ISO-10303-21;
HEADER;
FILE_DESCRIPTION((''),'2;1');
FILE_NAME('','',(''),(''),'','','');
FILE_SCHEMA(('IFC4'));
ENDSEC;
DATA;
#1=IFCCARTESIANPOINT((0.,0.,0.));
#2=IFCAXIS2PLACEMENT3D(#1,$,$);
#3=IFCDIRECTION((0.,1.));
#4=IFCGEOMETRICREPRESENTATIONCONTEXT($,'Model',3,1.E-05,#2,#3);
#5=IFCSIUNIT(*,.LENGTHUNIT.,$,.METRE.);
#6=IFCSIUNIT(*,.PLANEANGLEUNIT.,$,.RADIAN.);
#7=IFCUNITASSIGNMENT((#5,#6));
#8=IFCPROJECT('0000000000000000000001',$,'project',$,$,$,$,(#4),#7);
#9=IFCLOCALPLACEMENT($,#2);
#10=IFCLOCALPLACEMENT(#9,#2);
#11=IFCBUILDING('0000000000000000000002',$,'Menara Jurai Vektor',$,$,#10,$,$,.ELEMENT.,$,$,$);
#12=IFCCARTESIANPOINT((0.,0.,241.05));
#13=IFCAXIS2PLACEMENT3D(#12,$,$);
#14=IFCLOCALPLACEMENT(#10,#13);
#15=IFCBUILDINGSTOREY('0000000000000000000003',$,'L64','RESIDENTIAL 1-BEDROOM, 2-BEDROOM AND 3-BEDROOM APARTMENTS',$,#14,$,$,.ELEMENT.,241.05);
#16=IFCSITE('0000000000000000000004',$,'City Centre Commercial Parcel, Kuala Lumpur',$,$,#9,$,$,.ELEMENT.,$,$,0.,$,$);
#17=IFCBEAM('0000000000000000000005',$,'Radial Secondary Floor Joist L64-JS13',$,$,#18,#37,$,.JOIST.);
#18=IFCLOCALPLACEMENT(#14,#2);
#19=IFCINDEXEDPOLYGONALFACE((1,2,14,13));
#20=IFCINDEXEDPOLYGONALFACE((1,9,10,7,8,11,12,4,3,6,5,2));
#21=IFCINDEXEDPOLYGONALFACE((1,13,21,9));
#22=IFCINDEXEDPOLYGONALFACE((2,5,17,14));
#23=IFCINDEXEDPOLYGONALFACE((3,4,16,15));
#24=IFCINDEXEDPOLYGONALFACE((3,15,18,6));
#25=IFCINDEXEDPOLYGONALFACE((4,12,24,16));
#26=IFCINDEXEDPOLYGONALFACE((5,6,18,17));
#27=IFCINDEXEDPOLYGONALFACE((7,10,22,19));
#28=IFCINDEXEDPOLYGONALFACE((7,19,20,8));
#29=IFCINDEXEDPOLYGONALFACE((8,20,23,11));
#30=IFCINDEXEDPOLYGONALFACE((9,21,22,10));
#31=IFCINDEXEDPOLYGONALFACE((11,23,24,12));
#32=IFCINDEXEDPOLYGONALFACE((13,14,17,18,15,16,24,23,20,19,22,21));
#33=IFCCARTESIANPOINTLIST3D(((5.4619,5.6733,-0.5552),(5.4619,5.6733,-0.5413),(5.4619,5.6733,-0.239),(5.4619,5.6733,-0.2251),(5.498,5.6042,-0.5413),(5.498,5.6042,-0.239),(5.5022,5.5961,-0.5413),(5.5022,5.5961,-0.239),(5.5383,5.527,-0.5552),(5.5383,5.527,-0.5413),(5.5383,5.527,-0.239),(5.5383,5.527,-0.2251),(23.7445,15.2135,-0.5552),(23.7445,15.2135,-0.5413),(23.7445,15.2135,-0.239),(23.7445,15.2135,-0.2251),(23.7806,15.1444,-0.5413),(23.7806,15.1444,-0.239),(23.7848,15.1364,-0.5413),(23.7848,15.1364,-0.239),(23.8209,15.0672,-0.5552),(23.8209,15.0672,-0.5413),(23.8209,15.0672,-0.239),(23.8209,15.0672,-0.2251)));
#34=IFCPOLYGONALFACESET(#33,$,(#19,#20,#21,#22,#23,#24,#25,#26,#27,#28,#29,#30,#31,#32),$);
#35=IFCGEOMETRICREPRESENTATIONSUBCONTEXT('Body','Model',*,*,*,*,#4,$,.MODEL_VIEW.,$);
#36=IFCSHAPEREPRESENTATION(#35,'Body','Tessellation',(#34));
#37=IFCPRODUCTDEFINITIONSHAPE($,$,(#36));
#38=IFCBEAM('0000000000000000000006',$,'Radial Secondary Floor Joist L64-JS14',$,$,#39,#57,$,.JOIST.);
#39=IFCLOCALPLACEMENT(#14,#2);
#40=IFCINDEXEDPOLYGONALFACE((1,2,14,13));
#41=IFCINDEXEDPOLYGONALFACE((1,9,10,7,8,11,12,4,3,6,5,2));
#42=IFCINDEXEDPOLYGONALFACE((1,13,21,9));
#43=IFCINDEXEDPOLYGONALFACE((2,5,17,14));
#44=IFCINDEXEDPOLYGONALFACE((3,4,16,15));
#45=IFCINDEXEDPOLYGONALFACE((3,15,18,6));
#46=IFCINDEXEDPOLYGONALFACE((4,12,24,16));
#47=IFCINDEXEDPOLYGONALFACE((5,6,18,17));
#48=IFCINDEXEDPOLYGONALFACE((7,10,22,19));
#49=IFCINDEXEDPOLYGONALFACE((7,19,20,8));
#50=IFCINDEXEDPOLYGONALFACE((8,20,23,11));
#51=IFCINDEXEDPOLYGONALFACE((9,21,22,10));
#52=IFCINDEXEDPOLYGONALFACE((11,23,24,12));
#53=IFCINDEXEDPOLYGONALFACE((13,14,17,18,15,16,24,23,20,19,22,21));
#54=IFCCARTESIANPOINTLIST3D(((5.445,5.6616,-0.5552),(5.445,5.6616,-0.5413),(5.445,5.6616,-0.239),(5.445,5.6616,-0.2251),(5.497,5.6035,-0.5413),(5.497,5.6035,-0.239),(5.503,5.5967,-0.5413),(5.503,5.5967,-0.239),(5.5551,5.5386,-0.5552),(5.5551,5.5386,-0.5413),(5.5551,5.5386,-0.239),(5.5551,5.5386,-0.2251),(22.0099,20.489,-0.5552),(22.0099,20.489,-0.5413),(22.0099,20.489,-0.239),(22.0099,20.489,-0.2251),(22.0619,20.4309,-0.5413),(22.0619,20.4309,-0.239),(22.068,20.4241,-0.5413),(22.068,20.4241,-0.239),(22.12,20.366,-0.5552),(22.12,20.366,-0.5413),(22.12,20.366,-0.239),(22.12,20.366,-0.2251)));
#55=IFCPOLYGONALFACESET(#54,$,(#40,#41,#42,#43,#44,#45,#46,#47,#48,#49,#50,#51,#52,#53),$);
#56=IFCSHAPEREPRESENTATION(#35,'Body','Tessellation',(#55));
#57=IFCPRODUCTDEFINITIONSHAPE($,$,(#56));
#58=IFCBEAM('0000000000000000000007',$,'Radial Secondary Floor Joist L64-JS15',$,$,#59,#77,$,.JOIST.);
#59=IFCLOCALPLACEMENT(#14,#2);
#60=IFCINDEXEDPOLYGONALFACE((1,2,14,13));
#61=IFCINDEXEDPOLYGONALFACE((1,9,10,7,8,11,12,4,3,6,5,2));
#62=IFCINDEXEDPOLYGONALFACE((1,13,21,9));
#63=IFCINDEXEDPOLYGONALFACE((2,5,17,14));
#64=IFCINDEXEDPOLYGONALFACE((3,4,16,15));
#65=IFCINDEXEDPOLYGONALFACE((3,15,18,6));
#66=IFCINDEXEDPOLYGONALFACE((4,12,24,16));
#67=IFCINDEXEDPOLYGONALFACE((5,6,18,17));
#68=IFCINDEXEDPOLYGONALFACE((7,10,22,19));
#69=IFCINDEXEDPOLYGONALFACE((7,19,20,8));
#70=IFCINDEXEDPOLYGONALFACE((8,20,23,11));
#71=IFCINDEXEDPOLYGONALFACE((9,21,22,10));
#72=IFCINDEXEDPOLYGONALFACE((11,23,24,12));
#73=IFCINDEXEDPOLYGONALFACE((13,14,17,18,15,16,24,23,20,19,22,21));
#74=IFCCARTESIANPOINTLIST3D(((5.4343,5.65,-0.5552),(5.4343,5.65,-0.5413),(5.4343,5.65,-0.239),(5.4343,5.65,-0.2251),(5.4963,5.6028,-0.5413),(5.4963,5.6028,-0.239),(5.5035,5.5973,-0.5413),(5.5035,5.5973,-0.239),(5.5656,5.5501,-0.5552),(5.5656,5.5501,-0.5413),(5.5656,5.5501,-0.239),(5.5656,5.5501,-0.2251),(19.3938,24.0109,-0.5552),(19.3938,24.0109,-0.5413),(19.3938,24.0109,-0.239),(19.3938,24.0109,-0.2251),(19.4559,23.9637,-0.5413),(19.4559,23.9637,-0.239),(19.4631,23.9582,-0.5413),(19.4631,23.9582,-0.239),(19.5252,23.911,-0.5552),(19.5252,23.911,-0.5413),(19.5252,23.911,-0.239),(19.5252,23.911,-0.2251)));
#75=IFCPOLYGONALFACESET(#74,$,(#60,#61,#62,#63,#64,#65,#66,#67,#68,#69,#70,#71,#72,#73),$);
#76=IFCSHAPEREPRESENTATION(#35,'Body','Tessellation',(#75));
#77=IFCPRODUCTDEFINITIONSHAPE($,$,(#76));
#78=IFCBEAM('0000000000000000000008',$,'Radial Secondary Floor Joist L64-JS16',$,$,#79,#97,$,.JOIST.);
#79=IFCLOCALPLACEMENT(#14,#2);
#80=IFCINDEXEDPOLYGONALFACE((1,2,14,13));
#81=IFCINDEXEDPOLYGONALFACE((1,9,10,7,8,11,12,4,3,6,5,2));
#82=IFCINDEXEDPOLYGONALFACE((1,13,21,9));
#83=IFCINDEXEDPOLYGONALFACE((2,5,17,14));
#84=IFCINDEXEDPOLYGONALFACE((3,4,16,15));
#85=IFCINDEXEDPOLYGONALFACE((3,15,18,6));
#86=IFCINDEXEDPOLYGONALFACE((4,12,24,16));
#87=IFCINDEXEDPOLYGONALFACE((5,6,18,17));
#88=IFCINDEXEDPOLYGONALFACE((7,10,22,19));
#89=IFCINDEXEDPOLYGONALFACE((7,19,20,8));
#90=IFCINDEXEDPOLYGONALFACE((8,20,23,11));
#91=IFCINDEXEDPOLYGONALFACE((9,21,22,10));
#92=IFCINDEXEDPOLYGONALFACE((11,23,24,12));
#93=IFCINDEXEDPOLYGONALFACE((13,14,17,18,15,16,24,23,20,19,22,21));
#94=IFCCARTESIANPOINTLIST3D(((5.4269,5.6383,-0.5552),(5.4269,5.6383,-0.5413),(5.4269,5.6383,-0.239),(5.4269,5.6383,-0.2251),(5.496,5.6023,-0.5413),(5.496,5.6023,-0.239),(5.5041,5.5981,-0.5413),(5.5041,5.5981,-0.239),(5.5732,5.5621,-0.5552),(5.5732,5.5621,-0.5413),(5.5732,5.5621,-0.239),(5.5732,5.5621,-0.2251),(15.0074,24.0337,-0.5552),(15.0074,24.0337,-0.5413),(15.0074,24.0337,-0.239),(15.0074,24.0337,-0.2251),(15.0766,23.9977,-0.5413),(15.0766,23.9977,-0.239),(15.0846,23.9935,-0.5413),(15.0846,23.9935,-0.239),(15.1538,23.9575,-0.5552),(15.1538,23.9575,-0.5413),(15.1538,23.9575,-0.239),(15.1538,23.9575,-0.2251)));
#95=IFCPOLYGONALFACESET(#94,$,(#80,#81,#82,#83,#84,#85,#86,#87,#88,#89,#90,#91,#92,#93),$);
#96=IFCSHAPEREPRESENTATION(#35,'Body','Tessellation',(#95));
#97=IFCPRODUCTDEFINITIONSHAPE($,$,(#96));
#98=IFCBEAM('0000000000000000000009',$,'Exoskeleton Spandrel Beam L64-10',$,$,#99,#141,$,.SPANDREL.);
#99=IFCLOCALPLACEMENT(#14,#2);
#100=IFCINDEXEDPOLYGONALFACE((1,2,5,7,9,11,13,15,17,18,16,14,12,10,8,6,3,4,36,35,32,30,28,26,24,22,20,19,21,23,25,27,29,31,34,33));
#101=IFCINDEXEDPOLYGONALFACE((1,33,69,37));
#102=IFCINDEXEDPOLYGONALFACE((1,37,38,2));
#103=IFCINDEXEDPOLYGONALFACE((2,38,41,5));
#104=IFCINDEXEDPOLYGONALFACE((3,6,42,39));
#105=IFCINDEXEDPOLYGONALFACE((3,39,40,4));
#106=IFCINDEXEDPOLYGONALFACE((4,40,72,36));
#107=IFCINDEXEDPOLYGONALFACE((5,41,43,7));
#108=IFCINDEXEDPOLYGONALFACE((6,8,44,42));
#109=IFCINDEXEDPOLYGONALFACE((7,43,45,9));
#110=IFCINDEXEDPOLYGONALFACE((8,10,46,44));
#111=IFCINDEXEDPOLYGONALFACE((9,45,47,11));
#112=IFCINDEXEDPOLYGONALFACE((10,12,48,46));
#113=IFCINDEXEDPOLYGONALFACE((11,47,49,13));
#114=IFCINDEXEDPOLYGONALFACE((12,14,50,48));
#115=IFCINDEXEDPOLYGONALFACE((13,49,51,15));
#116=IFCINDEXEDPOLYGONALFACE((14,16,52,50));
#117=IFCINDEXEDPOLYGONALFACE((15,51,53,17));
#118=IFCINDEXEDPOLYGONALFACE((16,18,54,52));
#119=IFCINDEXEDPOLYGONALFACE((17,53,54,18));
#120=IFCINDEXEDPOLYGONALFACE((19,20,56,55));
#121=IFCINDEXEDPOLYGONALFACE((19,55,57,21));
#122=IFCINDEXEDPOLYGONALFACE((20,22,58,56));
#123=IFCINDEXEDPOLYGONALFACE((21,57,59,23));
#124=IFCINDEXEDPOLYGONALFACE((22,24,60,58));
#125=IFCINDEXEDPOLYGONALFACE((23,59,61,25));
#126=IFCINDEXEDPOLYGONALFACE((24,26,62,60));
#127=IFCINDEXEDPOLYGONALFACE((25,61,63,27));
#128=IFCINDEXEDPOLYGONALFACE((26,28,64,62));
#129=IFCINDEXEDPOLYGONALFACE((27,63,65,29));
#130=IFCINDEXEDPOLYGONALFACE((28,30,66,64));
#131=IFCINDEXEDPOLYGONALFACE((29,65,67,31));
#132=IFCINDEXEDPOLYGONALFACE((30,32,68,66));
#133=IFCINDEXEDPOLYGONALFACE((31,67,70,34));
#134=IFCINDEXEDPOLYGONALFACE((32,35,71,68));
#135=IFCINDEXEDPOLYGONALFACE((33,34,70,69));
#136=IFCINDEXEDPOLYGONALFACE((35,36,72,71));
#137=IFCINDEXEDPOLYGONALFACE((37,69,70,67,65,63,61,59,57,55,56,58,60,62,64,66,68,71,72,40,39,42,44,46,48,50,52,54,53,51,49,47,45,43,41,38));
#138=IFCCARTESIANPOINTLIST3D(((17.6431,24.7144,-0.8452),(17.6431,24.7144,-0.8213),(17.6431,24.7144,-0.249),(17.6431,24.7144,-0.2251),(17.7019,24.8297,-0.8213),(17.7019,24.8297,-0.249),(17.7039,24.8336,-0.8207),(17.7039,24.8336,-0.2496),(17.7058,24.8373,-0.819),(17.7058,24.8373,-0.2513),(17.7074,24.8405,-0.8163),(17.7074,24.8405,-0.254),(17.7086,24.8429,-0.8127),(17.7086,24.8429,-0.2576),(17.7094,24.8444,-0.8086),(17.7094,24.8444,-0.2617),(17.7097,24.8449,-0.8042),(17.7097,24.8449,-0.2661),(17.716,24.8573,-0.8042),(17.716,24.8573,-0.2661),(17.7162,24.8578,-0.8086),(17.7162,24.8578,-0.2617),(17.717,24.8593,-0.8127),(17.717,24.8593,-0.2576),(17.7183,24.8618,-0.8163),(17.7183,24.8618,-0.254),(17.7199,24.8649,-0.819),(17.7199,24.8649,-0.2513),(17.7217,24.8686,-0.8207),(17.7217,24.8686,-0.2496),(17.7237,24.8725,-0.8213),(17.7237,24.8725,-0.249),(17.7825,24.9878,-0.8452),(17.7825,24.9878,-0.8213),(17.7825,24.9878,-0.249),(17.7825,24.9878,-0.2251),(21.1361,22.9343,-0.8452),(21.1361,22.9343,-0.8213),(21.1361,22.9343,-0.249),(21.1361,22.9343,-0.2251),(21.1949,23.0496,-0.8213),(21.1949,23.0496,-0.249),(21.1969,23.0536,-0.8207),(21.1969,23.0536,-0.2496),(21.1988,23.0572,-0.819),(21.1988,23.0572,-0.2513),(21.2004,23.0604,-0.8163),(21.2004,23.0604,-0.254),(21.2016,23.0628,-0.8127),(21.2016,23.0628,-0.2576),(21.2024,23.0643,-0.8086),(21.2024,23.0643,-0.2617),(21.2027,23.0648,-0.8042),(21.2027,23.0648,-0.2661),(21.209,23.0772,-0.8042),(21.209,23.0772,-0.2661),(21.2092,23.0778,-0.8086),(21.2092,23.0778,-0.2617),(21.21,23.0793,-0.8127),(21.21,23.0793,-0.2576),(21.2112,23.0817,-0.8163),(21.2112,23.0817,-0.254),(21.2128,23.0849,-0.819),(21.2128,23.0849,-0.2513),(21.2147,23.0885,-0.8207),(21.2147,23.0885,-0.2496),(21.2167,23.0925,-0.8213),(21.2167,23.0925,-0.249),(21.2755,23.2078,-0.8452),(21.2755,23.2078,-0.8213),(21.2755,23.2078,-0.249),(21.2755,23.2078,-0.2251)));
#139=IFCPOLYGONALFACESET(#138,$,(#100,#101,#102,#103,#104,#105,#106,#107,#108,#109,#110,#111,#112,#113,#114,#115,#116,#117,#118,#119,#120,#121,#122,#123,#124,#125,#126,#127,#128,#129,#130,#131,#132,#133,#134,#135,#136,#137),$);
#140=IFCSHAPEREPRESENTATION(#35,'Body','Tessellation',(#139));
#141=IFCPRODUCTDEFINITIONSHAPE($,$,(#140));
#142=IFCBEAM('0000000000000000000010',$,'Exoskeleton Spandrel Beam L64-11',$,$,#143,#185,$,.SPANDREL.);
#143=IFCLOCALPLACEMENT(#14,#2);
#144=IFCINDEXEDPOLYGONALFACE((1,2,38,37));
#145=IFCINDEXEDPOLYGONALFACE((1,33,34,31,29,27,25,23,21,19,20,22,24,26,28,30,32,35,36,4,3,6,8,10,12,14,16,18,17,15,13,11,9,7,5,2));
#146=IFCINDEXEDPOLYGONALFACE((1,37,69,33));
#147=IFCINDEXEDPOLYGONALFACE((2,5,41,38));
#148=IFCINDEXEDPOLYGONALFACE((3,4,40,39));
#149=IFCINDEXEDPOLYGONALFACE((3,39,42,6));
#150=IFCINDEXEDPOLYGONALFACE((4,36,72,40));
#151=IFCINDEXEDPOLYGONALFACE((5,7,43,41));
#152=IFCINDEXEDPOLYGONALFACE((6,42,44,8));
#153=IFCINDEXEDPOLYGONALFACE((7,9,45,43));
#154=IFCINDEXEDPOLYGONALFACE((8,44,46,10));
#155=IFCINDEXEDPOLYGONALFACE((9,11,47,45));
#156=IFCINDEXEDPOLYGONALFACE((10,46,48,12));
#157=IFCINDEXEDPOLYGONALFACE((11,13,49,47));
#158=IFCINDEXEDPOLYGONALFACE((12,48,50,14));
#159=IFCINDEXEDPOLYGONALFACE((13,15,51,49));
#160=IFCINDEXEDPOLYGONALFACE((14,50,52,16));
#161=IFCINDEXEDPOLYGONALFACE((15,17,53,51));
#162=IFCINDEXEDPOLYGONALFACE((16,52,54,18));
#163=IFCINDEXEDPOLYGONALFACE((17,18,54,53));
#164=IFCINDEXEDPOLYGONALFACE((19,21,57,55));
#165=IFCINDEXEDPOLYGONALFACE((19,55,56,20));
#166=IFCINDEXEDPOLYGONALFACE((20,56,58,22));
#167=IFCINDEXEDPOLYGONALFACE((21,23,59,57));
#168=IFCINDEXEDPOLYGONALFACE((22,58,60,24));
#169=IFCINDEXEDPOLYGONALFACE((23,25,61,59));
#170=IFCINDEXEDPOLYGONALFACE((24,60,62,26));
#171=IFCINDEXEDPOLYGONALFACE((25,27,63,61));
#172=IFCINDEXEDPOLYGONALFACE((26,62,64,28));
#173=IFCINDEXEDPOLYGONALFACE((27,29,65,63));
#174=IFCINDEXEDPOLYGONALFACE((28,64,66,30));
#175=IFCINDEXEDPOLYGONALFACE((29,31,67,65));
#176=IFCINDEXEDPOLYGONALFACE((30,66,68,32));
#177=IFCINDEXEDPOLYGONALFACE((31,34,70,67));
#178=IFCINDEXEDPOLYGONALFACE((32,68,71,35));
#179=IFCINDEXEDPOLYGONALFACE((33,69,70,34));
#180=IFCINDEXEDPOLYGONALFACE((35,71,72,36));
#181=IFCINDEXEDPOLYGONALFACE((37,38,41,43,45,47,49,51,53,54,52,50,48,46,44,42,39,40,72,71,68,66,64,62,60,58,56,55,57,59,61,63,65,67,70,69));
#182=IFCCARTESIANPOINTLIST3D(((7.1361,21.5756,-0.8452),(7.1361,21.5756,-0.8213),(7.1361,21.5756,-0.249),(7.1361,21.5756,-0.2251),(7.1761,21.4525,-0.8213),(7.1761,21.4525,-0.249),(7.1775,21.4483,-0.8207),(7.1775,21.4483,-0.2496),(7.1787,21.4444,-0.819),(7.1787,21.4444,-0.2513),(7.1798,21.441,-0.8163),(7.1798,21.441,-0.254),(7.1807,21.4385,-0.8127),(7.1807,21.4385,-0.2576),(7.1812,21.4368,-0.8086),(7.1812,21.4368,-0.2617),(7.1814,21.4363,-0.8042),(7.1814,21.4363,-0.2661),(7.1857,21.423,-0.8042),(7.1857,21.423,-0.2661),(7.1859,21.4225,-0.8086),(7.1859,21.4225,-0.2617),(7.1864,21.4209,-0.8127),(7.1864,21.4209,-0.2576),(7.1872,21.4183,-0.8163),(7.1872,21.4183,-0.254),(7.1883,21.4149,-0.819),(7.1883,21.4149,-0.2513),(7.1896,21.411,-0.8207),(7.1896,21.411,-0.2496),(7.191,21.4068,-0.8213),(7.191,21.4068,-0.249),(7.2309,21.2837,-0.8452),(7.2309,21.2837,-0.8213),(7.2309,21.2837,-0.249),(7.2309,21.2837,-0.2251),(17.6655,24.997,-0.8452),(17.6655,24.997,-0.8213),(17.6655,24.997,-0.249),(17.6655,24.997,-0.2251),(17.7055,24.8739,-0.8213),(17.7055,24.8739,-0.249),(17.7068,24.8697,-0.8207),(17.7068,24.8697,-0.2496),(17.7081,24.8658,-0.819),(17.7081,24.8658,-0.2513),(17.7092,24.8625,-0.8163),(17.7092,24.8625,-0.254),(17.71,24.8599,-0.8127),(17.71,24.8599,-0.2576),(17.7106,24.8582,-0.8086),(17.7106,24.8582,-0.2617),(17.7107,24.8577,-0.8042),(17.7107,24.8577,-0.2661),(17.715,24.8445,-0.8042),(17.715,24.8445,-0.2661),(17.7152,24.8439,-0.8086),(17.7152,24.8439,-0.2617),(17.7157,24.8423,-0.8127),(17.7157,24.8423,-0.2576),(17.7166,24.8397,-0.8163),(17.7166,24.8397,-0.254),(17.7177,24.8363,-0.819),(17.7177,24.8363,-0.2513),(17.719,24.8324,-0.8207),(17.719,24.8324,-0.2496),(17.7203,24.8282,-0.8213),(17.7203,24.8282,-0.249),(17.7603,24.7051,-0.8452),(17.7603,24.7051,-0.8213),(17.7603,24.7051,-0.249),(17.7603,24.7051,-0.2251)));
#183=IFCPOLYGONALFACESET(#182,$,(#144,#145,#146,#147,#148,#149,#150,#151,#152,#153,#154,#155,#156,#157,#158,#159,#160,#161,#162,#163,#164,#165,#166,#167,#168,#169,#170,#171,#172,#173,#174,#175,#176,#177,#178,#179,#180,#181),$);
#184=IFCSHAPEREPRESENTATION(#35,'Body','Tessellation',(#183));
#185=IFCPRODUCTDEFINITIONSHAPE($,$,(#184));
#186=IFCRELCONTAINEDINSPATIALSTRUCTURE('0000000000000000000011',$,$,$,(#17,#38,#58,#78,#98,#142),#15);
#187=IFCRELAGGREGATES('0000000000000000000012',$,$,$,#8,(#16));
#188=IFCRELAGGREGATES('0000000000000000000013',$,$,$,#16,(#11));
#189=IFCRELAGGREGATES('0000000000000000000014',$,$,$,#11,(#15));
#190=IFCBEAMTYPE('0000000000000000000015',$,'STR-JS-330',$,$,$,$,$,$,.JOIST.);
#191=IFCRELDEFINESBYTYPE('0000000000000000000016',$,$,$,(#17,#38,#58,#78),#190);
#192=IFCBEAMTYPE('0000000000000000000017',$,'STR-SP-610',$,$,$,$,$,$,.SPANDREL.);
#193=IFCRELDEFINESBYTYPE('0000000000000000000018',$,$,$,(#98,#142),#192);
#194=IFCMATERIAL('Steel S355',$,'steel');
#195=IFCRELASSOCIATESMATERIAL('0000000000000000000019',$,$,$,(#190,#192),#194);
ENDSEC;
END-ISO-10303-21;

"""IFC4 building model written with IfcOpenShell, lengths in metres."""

from ifc_helpers import new_model, si_unit, direction, frame, origin, origin_2d, place, context, subcontext, project, spatial, i_section, extrude, material, material_profile, profile_set, type_object, element, save


model = new_model("IFC4")

# Units and contexts
model_context = context("Model", 3, precision=1e-05, world=origin(), true_north=direction((0.0, 1.0)))
body_context = subcontext(model_context, "Body", "Model", "MODEL_VIEW")
ifc_project = project(units=[si_unit("LENGTHUNIT", "METRE"), si_unit("PLANEANGLEUNIT", "RADIAN")], contexts=[model_context])

# Site, building, storey
site_placement = place(None, origin())
site = spatial("IfcSite", under=ifc_project, at=site_placement, Name="City Centre Commercial Parcel, Kuala Lumpur", CompositionType="ELEMENT", RefElevation=0.0)
building_placement = place(site_placement, origin())
building = spatial("IfcBuilding", under=site, at=building_placement, Name="Menara Jurai Vektor", CompositionType="ELEMENT")
storey_placement = place(building_placement, frame((0.0, 0.0, 241.05)))
storey = spatial("IfcBuildingStorey", under=building, at=storey_placement, Name="L64", Description="RESIDENTIAL 1-BEDROOM, 2-BEDROOM AND 3-BEDROOM APARTMENTS", CompositionType="ELEMENT", Elevation=241.05)

# Shared definitions
ifc_material_1 = material(Name="Steel S355", Category="steel")

# Beams
ifc_material_profile_1 = material_profile(ifc_material_1, i_section(OverallWidth=0.165, OverallDepth=0.3301, WebThickness=0.009, FlangeThickness=0.0139, at=origin_2d()), Name="PG 330x165x46")
ifc_profile_set_1 = profile_set([ifc_material_profile_1], Name="Steel S355")
beam_type_1 = type_object("IfcBeamType", Name="STR-JS-330", PredefinedType="JOIST", material=ifc_profile_set_1)
beam_1_placement = place(storey_placement, frame((23.7827, 15.1404, -0.3901), z_axis=(-0.886556, -0.462622, 0.0), x_axis=(0.462622, -0.886556, 0.0)))
element("IfcBeam", 1, at=beam_1_placement, inside=storey, type_object=beam_type_1, Name="Radial Secondary Floor Joist L64-JS13", PredefinedType="JOIST", context=body_context, shape_type="SweptSolid", body=[
    extrude(i_section(OverallWidth=0.165, OverallDepth=0.3301, WebThickness=0.009, FlangeThickness=0.0139, at=origin_2d()), origin(), (0.0, 0.0, 1.0), 20.6221),
])
beam_2_placement = place(storey_placement, frame((22.0649, 20.4275, -0.3901), z_axis=(-0.745104, -0.666948, 0.0), x_axis=(0.666948, -0.745104, 0.0)))
element("IfcBeam", 2, at=beam_2_placement, inside=storey, type_object=beam_type_1, Name="Radial Secondary Floor Joist L64-JS14", PredefinedType="JOIST", context=body_context, shape_type="SweptSolid", body=[
    extrude(i_section(OverallWidth=0.165, OverallDepth=0.3301, WebThickness=0.009, FlangeThickness=0.0139, at=origin_2d()), origin(), (0.0, 0.0, 1.0), 22.2317),
])
beam_3_placement = place(storey_placement, frame((19.4595, 23.9609, -0.3901), z_axis=(-0.605227, -0.796053, 0.0), x_axis=(0.796053, -0.605227, 0.0)))
element("IfcBeam", 3, at=beam_3_placement, inside=storey, type_object=beam_type_1, Name="Radial Secondary Floor Joist L64-JS15", PredefinedType="JOIST", context=body_context, shape_type="SweptSolid", body=[
    extrude(i_section(OverallWidth=0.165, OverallDepth=0.3301, WebThickness=0.009, FlangeThickness=0.0139, at=origin_2d()), origin(), (0.0, 0.0, 1.0), 23.0649),
])
beam_4_placement = place(storey_placement, frame((15.0806, 23.9956, -0.3901), z_axis=(-0.461918, -0.886923, 0.0), x_axis=(0.886923, -0.461918, 0.0)))
element("IfcBeam", 4, at=beam_4_placement, inside=storey, type_object=beam_type_1, Name="Radial Secondary Floor Joist L64-JS16", PredefinedType="JOIST", context=body_context, shape_type="SweptSolid", body=[
    extrude(i_section(OverallWidth=0.165, OverallDepth=0.3301, WebThickness=0.009, FlangeThickness=0.0139, at=origin_2d()), origin(), (0.0, 0.0, 1.0), 20.7407),
])
ifc_material_profile_2 = material_profile(ifc_material_1, i_section(OverallWidth=0.3069, OverallDepth=0.6201, WebThickness=0.0139, FlangeThickness=0.0239, FilletRadius=0.0171, at=origin_2d()), Name="UKB 610x305x179")
ifc_profile_set_2 = profile_set([ifc_material_profile_2], Name="Steel S355")
beam_type_2 = type_object("IfcBeamType", Name="STR-SP-610", PredefinedType="SPANDREL", material=ifc_profile_set_2)
beam_5_placement = place(storey_placement, frame((21.2058, 23.071, -0.5352), z_axis=(-0.890976, 0.454051, 0.0), x_axis=(-0.454051, -0.890976, 0.0)))
element("IfcBeam", 5, at=beam_5_placement, inside=storey, type_object=beam_type_2, Name="Exoskeleton Spandrel Beam L64-10", PredefinedType="SPANDREL", context=body_context, shape_type="SweptSolid", body=[
    extrude(i_section(OverallWidth=0.3069, OverallDepth=0.6201, WebThickness=0.0139, FlangeThickness=0.0239, FilletRadius=0.0171, at=origin_2d()), origin(), (0.0, 0.0, 1.0), 3.9204),
])
beam_6_placement = place(storey_placement, frame((17.7129, 24.8511, -0.5352), z_axis=(-0.951051, -0.309034, 0.0), x_axis=(0.309034, -0.951051, 0.0)))
element("IfcBeam", 6, at=beam_6_placement, inside=storey, type_object=beam_type_2, Name="Exoskeleton Spandrel Beam L64-11", PredefinedType="SPANDREL", context=body_context, shape_type="SweptSolid", body=[
    extrude(i_section(OverallWidth=0.3069, OverallDepth=0.6201, WebThickness=0.0139, FlangeThickness=0.0239, FilletRadius=0.0171, at=origin_2d()), origin(), (0.0, 0.0, 1.0), 11.0713),
])

save(model, "model.ifc")
